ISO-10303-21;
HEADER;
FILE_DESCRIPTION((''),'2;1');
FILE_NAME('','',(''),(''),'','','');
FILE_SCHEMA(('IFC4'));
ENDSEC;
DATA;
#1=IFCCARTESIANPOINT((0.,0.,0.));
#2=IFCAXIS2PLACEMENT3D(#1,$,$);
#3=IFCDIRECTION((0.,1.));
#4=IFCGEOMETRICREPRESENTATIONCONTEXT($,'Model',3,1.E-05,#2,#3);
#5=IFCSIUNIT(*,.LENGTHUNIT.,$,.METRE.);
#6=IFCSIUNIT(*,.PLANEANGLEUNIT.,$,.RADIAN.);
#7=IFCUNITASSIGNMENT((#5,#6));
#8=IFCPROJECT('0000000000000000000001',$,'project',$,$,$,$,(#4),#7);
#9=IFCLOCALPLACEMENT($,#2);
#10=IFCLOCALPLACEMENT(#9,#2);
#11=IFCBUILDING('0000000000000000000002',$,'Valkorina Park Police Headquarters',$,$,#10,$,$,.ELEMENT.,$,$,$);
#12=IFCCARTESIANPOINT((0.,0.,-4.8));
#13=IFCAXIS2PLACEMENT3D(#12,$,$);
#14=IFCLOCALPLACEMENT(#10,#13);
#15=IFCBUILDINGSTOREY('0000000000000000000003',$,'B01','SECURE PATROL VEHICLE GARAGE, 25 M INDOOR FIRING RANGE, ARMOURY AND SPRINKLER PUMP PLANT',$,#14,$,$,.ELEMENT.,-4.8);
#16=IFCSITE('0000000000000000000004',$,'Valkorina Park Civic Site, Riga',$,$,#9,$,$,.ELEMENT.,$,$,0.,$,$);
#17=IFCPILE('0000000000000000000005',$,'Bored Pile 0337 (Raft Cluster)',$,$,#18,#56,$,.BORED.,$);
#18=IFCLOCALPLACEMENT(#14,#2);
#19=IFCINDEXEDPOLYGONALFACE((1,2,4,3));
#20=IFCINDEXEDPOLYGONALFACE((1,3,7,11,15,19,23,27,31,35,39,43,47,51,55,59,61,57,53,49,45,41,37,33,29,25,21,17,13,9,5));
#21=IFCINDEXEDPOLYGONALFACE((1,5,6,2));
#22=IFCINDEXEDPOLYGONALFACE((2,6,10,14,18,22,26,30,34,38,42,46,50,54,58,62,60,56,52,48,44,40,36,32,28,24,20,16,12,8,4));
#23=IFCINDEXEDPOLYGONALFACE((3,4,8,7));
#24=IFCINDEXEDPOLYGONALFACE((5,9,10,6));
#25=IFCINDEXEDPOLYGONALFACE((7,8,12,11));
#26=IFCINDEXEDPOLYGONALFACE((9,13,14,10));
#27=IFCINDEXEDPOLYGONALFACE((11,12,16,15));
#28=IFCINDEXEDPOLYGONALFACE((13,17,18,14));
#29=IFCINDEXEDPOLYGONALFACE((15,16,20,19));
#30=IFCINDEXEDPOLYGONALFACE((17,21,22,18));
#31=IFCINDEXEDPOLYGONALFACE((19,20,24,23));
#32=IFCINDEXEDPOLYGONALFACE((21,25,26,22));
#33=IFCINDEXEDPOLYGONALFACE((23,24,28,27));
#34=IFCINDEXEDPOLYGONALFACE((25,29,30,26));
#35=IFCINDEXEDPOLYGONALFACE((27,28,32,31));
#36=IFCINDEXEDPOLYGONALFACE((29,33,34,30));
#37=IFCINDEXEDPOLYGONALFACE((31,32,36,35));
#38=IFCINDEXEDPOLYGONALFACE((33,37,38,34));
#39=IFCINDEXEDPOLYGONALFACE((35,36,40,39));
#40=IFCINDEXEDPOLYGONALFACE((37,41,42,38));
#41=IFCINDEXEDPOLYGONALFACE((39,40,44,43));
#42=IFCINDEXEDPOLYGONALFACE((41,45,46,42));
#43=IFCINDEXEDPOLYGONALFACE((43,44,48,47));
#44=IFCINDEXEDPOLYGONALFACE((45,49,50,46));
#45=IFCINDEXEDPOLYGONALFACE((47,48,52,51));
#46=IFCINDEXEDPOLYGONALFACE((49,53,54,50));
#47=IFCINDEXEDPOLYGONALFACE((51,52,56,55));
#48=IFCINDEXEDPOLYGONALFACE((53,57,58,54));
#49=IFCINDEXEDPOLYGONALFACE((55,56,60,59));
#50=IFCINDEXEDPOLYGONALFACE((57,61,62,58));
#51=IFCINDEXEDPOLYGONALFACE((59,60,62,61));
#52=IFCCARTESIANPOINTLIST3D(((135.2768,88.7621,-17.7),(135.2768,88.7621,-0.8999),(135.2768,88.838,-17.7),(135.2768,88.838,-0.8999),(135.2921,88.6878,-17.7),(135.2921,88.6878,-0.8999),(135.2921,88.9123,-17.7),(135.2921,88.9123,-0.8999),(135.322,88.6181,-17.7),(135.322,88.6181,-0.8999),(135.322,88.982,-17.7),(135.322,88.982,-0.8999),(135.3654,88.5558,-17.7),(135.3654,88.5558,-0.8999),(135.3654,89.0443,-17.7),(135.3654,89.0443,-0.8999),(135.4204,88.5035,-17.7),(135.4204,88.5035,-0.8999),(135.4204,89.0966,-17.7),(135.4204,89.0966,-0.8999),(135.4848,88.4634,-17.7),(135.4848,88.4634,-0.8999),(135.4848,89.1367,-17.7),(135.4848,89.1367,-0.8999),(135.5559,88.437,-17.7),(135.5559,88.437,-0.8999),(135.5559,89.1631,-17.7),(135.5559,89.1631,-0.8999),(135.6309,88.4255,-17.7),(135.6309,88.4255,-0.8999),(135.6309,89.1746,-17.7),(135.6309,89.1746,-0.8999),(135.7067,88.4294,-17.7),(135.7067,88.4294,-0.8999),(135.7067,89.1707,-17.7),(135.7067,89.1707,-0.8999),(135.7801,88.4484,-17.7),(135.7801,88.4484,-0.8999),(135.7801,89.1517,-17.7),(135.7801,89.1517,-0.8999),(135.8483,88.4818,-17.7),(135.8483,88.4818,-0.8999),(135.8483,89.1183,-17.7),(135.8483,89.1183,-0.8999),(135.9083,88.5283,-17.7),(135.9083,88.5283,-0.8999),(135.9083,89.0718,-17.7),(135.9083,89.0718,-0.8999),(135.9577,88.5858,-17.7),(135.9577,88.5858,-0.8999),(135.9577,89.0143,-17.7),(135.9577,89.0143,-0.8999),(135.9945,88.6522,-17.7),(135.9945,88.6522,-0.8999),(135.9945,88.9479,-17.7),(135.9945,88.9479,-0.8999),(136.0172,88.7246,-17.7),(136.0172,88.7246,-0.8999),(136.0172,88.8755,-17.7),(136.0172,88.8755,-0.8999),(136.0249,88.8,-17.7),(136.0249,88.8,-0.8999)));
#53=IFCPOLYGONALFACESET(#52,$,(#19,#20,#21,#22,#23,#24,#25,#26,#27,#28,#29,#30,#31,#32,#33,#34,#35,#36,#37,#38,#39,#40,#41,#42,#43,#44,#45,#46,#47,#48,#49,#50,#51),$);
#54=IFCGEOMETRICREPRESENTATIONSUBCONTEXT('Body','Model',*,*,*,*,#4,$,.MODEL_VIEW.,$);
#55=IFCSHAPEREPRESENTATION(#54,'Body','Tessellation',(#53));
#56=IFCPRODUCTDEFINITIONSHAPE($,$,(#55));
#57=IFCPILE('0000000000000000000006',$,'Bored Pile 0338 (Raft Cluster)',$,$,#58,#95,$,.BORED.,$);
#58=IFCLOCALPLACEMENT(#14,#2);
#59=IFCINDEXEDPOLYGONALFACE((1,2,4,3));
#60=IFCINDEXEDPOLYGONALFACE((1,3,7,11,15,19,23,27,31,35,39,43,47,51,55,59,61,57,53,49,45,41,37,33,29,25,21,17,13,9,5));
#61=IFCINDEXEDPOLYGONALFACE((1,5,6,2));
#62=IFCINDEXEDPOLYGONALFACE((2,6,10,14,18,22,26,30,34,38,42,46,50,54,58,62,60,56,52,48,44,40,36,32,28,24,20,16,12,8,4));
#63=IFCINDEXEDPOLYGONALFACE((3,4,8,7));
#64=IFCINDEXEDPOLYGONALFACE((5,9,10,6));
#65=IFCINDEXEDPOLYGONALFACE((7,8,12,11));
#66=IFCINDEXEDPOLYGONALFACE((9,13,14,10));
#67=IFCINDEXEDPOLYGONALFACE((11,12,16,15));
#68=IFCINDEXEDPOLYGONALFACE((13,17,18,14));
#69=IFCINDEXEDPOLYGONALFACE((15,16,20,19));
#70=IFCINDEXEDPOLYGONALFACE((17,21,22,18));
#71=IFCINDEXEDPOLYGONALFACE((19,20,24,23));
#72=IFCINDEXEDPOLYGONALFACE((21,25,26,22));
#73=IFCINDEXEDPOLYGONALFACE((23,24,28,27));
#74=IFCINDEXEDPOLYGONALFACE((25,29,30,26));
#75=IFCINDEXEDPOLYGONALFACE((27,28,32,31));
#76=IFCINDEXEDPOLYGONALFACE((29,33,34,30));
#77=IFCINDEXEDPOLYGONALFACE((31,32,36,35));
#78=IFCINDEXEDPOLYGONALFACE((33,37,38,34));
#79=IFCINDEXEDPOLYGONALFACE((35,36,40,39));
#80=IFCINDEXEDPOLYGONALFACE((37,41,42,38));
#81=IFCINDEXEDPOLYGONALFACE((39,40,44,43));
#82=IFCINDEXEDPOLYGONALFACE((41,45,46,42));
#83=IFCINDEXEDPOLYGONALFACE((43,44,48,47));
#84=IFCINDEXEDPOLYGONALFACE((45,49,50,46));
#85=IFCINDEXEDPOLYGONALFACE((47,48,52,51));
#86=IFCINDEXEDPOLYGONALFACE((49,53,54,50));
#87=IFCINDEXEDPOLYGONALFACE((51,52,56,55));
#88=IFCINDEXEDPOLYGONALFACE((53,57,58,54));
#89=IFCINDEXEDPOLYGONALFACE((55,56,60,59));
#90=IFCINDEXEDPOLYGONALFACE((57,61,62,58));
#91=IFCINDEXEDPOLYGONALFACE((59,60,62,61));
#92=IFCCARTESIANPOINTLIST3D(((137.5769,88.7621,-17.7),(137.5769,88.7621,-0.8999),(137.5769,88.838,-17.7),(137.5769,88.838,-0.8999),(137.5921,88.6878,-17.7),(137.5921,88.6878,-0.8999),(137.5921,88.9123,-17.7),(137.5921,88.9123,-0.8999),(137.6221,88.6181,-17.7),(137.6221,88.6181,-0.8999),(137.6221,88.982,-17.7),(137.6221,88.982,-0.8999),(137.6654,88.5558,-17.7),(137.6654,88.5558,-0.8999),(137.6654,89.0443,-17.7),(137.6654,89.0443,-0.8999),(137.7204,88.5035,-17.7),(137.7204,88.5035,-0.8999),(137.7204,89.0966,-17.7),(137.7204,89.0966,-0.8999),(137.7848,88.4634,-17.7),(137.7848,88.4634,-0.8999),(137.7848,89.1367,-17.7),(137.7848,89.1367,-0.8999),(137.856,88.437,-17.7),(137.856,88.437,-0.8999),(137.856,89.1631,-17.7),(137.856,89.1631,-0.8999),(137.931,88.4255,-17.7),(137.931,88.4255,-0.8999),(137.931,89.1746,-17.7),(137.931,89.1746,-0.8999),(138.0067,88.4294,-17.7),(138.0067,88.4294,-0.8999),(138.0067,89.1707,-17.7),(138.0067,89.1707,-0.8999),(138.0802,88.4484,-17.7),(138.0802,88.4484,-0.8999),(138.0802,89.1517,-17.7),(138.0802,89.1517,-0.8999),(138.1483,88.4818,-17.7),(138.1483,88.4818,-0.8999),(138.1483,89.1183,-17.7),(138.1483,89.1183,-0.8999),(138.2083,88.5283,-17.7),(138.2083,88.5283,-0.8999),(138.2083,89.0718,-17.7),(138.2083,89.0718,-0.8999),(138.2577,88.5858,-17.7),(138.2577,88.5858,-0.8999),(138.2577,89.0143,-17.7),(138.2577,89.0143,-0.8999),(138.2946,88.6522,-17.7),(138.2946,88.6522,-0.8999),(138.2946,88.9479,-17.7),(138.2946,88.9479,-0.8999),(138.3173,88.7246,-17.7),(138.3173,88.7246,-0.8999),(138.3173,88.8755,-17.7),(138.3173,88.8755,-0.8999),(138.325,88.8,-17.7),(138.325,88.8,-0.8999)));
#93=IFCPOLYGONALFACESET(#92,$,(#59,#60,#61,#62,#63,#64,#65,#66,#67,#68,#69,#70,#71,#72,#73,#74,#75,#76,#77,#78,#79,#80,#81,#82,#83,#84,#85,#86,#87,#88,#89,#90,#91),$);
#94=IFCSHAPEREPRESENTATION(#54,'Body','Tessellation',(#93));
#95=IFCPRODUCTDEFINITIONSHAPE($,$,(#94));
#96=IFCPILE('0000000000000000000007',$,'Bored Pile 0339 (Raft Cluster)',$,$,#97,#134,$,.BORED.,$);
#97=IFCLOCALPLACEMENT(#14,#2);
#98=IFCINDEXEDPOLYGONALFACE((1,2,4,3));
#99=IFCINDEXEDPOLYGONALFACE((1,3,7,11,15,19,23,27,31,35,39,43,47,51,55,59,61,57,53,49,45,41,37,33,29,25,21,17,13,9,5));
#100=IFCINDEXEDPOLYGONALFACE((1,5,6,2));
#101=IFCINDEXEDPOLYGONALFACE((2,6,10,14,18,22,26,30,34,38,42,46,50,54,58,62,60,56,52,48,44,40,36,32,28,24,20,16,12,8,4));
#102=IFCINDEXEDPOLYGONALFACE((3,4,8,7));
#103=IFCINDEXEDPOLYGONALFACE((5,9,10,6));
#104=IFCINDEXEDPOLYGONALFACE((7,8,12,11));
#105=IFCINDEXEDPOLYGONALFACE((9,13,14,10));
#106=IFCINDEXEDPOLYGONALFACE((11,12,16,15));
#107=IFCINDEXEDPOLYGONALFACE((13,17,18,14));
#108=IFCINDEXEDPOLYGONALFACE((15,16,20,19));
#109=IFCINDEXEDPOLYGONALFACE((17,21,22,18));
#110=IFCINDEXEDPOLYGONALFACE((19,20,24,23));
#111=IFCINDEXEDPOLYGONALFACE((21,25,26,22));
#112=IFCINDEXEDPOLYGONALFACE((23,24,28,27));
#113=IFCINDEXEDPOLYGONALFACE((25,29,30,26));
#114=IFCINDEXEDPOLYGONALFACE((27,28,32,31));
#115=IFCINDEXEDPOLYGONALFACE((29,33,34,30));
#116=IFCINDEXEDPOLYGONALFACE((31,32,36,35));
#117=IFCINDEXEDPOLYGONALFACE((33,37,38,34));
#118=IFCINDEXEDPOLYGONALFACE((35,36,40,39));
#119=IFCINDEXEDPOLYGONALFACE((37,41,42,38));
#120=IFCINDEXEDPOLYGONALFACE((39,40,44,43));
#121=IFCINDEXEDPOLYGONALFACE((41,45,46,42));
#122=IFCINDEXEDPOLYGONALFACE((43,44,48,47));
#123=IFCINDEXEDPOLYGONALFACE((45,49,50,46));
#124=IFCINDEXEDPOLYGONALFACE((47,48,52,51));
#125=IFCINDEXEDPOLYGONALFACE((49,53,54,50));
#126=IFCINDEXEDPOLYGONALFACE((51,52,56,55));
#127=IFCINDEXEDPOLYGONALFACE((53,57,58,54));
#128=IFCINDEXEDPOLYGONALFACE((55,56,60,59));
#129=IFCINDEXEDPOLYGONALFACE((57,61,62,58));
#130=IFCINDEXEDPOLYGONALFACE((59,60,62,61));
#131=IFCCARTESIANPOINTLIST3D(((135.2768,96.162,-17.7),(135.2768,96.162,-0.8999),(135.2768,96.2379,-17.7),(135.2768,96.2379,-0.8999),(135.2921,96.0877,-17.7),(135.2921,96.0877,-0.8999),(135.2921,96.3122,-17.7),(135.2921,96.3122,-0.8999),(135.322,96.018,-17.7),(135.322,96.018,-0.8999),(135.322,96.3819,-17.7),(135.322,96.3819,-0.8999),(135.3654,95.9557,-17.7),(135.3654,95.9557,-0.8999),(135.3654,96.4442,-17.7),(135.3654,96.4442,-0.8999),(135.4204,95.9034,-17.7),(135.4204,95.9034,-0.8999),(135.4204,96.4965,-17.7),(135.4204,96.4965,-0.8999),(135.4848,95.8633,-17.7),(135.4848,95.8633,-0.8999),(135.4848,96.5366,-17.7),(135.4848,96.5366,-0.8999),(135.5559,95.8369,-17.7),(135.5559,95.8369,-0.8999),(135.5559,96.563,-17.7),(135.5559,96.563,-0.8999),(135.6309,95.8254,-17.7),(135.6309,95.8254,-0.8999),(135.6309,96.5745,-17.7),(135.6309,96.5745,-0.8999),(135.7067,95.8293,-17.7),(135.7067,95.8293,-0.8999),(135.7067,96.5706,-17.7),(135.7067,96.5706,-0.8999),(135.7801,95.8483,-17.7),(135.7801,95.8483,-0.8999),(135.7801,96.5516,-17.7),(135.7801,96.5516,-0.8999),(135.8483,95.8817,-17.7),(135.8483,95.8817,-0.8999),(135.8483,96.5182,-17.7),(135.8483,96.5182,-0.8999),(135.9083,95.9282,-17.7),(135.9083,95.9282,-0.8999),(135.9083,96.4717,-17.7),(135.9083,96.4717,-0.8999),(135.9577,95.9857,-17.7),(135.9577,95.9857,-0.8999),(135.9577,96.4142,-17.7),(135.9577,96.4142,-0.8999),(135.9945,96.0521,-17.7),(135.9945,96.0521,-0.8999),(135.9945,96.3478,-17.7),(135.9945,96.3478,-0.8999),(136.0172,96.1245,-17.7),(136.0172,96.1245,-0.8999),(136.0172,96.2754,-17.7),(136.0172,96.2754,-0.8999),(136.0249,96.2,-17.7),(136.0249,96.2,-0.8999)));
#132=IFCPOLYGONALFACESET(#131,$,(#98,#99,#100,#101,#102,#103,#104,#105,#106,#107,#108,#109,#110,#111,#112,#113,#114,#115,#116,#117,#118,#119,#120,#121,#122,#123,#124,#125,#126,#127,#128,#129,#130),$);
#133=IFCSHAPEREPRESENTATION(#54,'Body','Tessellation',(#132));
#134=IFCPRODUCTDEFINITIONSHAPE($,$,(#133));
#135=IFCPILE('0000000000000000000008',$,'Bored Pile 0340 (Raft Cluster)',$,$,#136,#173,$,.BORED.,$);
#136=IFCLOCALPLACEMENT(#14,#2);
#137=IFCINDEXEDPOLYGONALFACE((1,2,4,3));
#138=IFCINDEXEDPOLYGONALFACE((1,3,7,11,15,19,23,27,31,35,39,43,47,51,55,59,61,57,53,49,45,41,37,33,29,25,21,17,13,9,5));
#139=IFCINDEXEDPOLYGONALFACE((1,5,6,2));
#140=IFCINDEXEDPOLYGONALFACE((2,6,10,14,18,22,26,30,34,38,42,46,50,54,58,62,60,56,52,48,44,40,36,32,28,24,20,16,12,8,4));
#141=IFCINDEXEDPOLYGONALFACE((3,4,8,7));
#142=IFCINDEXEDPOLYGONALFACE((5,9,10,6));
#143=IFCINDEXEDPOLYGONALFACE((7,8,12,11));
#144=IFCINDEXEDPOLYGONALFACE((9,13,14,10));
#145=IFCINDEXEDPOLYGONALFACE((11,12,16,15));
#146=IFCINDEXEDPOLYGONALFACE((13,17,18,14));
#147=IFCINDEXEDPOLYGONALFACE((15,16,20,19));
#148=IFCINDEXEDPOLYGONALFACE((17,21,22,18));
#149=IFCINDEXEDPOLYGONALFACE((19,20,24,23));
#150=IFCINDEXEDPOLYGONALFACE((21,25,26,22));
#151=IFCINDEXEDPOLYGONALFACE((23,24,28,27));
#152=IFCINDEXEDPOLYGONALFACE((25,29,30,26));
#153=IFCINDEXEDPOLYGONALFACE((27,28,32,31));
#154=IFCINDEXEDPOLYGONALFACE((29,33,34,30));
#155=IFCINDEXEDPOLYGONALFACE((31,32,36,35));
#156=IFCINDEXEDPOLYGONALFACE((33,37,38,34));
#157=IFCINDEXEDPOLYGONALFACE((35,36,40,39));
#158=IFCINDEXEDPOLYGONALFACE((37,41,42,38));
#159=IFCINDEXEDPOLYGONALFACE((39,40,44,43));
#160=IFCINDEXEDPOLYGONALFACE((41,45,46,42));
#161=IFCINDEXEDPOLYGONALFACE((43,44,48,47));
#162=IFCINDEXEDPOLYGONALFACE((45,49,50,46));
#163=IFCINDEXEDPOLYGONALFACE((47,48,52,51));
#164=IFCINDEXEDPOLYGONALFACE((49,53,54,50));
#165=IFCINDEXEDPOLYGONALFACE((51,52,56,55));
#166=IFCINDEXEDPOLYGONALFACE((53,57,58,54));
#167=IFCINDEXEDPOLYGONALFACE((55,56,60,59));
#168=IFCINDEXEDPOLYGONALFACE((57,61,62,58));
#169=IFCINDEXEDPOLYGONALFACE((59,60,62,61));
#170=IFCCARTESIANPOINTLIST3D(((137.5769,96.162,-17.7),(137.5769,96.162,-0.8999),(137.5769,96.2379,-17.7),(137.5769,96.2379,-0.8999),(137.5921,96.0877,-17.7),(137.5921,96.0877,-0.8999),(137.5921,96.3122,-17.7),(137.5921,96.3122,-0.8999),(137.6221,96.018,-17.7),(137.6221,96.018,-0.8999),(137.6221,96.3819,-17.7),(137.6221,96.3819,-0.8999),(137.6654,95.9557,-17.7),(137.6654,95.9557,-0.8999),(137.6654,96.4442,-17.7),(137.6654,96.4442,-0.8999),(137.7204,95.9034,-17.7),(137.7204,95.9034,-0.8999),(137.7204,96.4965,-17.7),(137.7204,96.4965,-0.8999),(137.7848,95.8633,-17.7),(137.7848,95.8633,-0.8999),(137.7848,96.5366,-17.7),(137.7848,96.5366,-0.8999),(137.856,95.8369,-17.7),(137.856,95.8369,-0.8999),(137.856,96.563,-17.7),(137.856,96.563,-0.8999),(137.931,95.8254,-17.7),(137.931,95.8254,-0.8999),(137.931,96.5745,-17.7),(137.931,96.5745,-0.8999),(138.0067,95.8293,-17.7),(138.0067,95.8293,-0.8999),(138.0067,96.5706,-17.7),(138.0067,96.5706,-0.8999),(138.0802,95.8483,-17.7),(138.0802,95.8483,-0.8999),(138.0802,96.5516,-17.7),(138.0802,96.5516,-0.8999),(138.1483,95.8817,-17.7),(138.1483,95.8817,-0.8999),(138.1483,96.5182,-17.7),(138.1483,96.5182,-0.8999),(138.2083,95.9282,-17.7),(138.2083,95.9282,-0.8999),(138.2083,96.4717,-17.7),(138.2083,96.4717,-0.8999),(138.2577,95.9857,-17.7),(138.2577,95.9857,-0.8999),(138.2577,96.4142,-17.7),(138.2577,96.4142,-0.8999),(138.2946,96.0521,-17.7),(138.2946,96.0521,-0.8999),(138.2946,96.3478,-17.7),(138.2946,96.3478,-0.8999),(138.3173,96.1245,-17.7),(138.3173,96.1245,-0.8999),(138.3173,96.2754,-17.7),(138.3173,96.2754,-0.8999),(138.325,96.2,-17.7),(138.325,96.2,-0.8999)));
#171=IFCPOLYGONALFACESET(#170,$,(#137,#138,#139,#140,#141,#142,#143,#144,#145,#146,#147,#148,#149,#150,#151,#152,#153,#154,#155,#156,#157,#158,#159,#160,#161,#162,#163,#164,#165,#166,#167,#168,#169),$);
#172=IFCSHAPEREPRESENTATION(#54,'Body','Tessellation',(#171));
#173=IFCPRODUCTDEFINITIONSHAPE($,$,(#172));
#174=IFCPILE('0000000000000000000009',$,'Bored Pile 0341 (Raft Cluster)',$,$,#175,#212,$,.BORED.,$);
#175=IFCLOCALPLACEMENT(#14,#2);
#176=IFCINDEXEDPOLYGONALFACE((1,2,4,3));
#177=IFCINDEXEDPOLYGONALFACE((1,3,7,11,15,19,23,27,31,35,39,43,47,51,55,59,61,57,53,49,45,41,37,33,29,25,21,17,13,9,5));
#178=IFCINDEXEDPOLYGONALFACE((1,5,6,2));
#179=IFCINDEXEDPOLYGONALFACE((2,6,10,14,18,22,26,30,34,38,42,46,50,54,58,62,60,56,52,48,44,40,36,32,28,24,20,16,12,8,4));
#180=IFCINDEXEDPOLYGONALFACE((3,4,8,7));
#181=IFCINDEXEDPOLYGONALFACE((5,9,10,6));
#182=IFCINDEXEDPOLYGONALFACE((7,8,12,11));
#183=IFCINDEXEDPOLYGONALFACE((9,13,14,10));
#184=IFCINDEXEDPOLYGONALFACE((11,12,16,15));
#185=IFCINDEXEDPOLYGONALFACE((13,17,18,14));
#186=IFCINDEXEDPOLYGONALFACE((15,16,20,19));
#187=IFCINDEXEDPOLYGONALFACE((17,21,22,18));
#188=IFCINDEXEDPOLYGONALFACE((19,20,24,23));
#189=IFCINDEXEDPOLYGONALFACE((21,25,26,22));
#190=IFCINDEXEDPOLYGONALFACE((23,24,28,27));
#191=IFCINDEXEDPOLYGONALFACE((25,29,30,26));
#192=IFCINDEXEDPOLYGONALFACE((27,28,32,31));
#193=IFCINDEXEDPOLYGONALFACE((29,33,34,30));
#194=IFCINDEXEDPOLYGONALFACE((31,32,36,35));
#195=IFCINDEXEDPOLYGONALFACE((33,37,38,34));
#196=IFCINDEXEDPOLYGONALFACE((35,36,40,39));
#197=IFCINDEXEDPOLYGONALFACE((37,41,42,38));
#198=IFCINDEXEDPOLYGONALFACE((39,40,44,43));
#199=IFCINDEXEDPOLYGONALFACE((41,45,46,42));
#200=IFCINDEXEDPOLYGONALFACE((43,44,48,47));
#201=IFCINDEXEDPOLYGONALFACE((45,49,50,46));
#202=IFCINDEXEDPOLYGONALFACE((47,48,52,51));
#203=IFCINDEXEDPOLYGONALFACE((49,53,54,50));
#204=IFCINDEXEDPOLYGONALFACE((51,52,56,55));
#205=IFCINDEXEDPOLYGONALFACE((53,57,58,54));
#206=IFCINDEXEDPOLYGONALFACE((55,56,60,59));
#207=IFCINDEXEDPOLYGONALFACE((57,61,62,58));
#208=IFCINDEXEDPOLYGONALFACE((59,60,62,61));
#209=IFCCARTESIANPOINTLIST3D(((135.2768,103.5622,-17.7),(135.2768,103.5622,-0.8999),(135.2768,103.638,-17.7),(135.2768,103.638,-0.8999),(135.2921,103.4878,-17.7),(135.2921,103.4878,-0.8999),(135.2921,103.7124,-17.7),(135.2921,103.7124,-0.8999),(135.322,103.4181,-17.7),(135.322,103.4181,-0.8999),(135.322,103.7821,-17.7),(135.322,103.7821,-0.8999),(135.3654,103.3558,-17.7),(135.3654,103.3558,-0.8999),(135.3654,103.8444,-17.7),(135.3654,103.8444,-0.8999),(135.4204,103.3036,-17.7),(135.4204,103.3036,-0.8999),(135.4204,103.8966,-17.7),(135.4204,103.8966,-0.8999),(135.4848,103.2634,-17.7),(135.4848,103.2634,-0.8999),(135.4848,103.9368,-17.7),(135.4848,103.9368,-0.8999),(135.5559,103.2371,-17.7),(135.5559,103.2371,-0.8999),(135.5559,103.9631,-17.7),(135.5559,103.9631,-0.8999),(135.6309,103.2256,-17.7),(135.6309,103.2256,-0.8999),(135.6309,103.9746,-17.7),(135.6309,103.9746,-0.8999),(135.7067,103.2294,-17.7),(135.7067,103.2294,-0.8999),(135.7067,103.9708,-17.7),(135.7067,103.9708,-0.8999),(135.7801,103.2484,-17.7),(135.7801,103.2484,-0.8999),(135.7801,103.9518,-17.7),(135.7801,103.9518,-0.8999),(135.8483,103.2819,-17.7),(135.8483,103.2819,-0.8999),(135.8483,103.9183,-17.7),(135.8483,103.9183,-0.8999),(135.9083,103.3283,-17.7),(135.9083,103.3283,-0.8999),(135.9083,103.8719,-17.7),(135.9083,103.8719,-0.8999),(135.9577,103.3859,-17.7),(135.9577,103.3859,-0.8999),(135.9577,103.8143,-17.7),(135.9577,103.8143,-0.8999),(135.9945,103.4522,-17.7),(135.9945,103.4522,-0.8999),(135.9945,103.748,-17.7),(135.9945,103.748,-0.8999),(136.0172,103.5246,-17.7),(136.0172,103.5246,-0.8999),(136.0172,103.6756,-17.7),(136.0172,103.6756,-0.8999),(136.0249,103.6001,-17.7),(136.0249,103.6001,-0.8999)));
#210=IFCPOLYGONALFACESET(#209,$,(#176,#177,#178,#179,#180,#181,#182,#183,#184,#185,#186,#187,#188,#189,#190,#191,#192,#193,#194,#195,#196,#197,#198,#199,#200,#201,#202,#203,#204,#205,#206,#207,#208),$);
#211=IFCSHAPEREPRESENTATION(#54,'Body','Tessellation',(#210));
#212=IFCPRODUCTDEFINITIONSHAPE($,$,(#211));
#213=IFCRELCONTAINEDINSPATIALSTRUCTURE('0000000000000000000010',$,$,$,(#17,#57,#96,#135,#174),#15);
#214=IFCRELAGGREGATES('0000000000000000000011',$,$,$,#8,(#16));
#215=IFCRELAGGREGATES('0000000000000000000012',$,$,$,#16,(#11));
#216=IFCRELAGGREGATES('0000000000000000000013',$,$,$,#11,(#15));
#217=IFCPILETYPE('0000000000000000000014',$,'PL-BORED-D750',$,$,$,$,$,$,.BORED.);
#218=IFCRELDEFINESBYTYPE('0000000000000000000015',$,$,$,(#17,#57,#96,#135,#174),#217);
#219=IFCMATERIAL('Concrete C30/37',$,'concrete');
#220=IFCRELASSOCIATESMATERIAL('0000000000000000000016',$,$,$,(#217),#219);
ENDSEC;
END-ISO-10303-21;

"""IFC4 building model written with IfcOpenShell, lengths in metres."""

from ifc_helpers import new_model, si_unit, direction, frame, origin, origin_2d, place, context, subcontext, project, spatial, circle, extrude, material, material_profile, profile_set, type_object, element, save


model = new_model("IFC4")

# Units and contexts
model_context = context("Model", 3, precision=1e-05, world=origin(), true_north=direction((0.0, 1.0)))
body_context = subcontext(model_context, "Body", "Model", "MODEL_VIEW")
ifc_project = project(units=[si_unit("LENGTHUNIT", "METRE"), si_unit("PLANEANGLEUNIT", "RADIAN")], contexts=[model_context])

# Site, building, storey
site_placement = place(None, origin())
site = spatial("IfcSite", under=ifc_project, at=site_placement, Name="Valkorina Park Civic Site, Riga", CompositionType="ELEMENT", RefElevation=0.0)
building_placement = place(site_placement, origin())
building = spatial("IfcBuilding", under=site, at=building_placement, Name="Valkorina Park Police Headquarters", CompositionType="ELEMENT")
storey_placement = place(building_placement, frame((0.0, 0.0, -4.8)))
storey = spatial("IfcBuildingStorey", under=building, at=storey_placement, Name="B01", Description="SECURE PATROL VEHICLE GARAGE, 25 M INDOOR FIRING RANGE, ARMOURY AND SPRINKLER PUMP PLANT", CompositionType="ELEMENT", Elevation=-4.8)

# Piles
ifc_material_1 = material(Name="Concrete C30/37", Category="concrete")
ifc_material_profile_1 = material_profile(ifc_material_1, circle(Radius=0.375, at=origin_2d()), Name="BORED PILE D750")
ifc_profile_set_1 = profile_set([ifc_material_profile_1], Name="Concrete C30/37")
pile_type_1 = type_object("IfcPileType", Name="PL-BORED-D750", PredefinedType="BORED", material=ifc_profile_set_1)
for number, where, z_axis, x_axis, name in (
    (1, (135.6499, 88.8, -0.8999), (0.0, 0.0, -1.0), (1.0, 0.0, 0.0), "Bored Pile 0337 (Raft Cluster)"),
    (2, (137.95, 88.8, -0.8999), (0.0, 0.0, -1.0), (1.0, 0.0, 0.0), "Bored Pile 0338 (Raft Cluster)"),
    (3, (135.6499, 96.2, -0.8999), (0.0, 0.0, -1.0), (1.0, 0.0, 0.0), "Bored Pile 0339 (Raft Cluster)"),
    (4, (137.95, 96.2, -0.8999), (0.0, 0.0, -1.0), (1.0, 0.0, 0.0), "Bored Pile 0340 (Raft Cluster)"),
    (5, (135.6499, 103.6001, -0.8999), (0.0, 0.0, -1.0), (1.0, 0.0, 0.0), "Bored Pile 0341 (Raft Cluster)"),
):
    element("IfcPile", number, at=place(storey_placement, frame(where, z_axis=z_axis, x_axis=x_axis)), inside=storey, type_object=pile_type_1, Name=name, PredefinedType="BORED", context=body_context, shape_type="SweptSolid", body=[
        extrude(circle(Radius=0.375, at=origin_2d()), origin(), (0.0, 0.0, 1.0), 16.8),
    ])

save(model, "model.ifc")
